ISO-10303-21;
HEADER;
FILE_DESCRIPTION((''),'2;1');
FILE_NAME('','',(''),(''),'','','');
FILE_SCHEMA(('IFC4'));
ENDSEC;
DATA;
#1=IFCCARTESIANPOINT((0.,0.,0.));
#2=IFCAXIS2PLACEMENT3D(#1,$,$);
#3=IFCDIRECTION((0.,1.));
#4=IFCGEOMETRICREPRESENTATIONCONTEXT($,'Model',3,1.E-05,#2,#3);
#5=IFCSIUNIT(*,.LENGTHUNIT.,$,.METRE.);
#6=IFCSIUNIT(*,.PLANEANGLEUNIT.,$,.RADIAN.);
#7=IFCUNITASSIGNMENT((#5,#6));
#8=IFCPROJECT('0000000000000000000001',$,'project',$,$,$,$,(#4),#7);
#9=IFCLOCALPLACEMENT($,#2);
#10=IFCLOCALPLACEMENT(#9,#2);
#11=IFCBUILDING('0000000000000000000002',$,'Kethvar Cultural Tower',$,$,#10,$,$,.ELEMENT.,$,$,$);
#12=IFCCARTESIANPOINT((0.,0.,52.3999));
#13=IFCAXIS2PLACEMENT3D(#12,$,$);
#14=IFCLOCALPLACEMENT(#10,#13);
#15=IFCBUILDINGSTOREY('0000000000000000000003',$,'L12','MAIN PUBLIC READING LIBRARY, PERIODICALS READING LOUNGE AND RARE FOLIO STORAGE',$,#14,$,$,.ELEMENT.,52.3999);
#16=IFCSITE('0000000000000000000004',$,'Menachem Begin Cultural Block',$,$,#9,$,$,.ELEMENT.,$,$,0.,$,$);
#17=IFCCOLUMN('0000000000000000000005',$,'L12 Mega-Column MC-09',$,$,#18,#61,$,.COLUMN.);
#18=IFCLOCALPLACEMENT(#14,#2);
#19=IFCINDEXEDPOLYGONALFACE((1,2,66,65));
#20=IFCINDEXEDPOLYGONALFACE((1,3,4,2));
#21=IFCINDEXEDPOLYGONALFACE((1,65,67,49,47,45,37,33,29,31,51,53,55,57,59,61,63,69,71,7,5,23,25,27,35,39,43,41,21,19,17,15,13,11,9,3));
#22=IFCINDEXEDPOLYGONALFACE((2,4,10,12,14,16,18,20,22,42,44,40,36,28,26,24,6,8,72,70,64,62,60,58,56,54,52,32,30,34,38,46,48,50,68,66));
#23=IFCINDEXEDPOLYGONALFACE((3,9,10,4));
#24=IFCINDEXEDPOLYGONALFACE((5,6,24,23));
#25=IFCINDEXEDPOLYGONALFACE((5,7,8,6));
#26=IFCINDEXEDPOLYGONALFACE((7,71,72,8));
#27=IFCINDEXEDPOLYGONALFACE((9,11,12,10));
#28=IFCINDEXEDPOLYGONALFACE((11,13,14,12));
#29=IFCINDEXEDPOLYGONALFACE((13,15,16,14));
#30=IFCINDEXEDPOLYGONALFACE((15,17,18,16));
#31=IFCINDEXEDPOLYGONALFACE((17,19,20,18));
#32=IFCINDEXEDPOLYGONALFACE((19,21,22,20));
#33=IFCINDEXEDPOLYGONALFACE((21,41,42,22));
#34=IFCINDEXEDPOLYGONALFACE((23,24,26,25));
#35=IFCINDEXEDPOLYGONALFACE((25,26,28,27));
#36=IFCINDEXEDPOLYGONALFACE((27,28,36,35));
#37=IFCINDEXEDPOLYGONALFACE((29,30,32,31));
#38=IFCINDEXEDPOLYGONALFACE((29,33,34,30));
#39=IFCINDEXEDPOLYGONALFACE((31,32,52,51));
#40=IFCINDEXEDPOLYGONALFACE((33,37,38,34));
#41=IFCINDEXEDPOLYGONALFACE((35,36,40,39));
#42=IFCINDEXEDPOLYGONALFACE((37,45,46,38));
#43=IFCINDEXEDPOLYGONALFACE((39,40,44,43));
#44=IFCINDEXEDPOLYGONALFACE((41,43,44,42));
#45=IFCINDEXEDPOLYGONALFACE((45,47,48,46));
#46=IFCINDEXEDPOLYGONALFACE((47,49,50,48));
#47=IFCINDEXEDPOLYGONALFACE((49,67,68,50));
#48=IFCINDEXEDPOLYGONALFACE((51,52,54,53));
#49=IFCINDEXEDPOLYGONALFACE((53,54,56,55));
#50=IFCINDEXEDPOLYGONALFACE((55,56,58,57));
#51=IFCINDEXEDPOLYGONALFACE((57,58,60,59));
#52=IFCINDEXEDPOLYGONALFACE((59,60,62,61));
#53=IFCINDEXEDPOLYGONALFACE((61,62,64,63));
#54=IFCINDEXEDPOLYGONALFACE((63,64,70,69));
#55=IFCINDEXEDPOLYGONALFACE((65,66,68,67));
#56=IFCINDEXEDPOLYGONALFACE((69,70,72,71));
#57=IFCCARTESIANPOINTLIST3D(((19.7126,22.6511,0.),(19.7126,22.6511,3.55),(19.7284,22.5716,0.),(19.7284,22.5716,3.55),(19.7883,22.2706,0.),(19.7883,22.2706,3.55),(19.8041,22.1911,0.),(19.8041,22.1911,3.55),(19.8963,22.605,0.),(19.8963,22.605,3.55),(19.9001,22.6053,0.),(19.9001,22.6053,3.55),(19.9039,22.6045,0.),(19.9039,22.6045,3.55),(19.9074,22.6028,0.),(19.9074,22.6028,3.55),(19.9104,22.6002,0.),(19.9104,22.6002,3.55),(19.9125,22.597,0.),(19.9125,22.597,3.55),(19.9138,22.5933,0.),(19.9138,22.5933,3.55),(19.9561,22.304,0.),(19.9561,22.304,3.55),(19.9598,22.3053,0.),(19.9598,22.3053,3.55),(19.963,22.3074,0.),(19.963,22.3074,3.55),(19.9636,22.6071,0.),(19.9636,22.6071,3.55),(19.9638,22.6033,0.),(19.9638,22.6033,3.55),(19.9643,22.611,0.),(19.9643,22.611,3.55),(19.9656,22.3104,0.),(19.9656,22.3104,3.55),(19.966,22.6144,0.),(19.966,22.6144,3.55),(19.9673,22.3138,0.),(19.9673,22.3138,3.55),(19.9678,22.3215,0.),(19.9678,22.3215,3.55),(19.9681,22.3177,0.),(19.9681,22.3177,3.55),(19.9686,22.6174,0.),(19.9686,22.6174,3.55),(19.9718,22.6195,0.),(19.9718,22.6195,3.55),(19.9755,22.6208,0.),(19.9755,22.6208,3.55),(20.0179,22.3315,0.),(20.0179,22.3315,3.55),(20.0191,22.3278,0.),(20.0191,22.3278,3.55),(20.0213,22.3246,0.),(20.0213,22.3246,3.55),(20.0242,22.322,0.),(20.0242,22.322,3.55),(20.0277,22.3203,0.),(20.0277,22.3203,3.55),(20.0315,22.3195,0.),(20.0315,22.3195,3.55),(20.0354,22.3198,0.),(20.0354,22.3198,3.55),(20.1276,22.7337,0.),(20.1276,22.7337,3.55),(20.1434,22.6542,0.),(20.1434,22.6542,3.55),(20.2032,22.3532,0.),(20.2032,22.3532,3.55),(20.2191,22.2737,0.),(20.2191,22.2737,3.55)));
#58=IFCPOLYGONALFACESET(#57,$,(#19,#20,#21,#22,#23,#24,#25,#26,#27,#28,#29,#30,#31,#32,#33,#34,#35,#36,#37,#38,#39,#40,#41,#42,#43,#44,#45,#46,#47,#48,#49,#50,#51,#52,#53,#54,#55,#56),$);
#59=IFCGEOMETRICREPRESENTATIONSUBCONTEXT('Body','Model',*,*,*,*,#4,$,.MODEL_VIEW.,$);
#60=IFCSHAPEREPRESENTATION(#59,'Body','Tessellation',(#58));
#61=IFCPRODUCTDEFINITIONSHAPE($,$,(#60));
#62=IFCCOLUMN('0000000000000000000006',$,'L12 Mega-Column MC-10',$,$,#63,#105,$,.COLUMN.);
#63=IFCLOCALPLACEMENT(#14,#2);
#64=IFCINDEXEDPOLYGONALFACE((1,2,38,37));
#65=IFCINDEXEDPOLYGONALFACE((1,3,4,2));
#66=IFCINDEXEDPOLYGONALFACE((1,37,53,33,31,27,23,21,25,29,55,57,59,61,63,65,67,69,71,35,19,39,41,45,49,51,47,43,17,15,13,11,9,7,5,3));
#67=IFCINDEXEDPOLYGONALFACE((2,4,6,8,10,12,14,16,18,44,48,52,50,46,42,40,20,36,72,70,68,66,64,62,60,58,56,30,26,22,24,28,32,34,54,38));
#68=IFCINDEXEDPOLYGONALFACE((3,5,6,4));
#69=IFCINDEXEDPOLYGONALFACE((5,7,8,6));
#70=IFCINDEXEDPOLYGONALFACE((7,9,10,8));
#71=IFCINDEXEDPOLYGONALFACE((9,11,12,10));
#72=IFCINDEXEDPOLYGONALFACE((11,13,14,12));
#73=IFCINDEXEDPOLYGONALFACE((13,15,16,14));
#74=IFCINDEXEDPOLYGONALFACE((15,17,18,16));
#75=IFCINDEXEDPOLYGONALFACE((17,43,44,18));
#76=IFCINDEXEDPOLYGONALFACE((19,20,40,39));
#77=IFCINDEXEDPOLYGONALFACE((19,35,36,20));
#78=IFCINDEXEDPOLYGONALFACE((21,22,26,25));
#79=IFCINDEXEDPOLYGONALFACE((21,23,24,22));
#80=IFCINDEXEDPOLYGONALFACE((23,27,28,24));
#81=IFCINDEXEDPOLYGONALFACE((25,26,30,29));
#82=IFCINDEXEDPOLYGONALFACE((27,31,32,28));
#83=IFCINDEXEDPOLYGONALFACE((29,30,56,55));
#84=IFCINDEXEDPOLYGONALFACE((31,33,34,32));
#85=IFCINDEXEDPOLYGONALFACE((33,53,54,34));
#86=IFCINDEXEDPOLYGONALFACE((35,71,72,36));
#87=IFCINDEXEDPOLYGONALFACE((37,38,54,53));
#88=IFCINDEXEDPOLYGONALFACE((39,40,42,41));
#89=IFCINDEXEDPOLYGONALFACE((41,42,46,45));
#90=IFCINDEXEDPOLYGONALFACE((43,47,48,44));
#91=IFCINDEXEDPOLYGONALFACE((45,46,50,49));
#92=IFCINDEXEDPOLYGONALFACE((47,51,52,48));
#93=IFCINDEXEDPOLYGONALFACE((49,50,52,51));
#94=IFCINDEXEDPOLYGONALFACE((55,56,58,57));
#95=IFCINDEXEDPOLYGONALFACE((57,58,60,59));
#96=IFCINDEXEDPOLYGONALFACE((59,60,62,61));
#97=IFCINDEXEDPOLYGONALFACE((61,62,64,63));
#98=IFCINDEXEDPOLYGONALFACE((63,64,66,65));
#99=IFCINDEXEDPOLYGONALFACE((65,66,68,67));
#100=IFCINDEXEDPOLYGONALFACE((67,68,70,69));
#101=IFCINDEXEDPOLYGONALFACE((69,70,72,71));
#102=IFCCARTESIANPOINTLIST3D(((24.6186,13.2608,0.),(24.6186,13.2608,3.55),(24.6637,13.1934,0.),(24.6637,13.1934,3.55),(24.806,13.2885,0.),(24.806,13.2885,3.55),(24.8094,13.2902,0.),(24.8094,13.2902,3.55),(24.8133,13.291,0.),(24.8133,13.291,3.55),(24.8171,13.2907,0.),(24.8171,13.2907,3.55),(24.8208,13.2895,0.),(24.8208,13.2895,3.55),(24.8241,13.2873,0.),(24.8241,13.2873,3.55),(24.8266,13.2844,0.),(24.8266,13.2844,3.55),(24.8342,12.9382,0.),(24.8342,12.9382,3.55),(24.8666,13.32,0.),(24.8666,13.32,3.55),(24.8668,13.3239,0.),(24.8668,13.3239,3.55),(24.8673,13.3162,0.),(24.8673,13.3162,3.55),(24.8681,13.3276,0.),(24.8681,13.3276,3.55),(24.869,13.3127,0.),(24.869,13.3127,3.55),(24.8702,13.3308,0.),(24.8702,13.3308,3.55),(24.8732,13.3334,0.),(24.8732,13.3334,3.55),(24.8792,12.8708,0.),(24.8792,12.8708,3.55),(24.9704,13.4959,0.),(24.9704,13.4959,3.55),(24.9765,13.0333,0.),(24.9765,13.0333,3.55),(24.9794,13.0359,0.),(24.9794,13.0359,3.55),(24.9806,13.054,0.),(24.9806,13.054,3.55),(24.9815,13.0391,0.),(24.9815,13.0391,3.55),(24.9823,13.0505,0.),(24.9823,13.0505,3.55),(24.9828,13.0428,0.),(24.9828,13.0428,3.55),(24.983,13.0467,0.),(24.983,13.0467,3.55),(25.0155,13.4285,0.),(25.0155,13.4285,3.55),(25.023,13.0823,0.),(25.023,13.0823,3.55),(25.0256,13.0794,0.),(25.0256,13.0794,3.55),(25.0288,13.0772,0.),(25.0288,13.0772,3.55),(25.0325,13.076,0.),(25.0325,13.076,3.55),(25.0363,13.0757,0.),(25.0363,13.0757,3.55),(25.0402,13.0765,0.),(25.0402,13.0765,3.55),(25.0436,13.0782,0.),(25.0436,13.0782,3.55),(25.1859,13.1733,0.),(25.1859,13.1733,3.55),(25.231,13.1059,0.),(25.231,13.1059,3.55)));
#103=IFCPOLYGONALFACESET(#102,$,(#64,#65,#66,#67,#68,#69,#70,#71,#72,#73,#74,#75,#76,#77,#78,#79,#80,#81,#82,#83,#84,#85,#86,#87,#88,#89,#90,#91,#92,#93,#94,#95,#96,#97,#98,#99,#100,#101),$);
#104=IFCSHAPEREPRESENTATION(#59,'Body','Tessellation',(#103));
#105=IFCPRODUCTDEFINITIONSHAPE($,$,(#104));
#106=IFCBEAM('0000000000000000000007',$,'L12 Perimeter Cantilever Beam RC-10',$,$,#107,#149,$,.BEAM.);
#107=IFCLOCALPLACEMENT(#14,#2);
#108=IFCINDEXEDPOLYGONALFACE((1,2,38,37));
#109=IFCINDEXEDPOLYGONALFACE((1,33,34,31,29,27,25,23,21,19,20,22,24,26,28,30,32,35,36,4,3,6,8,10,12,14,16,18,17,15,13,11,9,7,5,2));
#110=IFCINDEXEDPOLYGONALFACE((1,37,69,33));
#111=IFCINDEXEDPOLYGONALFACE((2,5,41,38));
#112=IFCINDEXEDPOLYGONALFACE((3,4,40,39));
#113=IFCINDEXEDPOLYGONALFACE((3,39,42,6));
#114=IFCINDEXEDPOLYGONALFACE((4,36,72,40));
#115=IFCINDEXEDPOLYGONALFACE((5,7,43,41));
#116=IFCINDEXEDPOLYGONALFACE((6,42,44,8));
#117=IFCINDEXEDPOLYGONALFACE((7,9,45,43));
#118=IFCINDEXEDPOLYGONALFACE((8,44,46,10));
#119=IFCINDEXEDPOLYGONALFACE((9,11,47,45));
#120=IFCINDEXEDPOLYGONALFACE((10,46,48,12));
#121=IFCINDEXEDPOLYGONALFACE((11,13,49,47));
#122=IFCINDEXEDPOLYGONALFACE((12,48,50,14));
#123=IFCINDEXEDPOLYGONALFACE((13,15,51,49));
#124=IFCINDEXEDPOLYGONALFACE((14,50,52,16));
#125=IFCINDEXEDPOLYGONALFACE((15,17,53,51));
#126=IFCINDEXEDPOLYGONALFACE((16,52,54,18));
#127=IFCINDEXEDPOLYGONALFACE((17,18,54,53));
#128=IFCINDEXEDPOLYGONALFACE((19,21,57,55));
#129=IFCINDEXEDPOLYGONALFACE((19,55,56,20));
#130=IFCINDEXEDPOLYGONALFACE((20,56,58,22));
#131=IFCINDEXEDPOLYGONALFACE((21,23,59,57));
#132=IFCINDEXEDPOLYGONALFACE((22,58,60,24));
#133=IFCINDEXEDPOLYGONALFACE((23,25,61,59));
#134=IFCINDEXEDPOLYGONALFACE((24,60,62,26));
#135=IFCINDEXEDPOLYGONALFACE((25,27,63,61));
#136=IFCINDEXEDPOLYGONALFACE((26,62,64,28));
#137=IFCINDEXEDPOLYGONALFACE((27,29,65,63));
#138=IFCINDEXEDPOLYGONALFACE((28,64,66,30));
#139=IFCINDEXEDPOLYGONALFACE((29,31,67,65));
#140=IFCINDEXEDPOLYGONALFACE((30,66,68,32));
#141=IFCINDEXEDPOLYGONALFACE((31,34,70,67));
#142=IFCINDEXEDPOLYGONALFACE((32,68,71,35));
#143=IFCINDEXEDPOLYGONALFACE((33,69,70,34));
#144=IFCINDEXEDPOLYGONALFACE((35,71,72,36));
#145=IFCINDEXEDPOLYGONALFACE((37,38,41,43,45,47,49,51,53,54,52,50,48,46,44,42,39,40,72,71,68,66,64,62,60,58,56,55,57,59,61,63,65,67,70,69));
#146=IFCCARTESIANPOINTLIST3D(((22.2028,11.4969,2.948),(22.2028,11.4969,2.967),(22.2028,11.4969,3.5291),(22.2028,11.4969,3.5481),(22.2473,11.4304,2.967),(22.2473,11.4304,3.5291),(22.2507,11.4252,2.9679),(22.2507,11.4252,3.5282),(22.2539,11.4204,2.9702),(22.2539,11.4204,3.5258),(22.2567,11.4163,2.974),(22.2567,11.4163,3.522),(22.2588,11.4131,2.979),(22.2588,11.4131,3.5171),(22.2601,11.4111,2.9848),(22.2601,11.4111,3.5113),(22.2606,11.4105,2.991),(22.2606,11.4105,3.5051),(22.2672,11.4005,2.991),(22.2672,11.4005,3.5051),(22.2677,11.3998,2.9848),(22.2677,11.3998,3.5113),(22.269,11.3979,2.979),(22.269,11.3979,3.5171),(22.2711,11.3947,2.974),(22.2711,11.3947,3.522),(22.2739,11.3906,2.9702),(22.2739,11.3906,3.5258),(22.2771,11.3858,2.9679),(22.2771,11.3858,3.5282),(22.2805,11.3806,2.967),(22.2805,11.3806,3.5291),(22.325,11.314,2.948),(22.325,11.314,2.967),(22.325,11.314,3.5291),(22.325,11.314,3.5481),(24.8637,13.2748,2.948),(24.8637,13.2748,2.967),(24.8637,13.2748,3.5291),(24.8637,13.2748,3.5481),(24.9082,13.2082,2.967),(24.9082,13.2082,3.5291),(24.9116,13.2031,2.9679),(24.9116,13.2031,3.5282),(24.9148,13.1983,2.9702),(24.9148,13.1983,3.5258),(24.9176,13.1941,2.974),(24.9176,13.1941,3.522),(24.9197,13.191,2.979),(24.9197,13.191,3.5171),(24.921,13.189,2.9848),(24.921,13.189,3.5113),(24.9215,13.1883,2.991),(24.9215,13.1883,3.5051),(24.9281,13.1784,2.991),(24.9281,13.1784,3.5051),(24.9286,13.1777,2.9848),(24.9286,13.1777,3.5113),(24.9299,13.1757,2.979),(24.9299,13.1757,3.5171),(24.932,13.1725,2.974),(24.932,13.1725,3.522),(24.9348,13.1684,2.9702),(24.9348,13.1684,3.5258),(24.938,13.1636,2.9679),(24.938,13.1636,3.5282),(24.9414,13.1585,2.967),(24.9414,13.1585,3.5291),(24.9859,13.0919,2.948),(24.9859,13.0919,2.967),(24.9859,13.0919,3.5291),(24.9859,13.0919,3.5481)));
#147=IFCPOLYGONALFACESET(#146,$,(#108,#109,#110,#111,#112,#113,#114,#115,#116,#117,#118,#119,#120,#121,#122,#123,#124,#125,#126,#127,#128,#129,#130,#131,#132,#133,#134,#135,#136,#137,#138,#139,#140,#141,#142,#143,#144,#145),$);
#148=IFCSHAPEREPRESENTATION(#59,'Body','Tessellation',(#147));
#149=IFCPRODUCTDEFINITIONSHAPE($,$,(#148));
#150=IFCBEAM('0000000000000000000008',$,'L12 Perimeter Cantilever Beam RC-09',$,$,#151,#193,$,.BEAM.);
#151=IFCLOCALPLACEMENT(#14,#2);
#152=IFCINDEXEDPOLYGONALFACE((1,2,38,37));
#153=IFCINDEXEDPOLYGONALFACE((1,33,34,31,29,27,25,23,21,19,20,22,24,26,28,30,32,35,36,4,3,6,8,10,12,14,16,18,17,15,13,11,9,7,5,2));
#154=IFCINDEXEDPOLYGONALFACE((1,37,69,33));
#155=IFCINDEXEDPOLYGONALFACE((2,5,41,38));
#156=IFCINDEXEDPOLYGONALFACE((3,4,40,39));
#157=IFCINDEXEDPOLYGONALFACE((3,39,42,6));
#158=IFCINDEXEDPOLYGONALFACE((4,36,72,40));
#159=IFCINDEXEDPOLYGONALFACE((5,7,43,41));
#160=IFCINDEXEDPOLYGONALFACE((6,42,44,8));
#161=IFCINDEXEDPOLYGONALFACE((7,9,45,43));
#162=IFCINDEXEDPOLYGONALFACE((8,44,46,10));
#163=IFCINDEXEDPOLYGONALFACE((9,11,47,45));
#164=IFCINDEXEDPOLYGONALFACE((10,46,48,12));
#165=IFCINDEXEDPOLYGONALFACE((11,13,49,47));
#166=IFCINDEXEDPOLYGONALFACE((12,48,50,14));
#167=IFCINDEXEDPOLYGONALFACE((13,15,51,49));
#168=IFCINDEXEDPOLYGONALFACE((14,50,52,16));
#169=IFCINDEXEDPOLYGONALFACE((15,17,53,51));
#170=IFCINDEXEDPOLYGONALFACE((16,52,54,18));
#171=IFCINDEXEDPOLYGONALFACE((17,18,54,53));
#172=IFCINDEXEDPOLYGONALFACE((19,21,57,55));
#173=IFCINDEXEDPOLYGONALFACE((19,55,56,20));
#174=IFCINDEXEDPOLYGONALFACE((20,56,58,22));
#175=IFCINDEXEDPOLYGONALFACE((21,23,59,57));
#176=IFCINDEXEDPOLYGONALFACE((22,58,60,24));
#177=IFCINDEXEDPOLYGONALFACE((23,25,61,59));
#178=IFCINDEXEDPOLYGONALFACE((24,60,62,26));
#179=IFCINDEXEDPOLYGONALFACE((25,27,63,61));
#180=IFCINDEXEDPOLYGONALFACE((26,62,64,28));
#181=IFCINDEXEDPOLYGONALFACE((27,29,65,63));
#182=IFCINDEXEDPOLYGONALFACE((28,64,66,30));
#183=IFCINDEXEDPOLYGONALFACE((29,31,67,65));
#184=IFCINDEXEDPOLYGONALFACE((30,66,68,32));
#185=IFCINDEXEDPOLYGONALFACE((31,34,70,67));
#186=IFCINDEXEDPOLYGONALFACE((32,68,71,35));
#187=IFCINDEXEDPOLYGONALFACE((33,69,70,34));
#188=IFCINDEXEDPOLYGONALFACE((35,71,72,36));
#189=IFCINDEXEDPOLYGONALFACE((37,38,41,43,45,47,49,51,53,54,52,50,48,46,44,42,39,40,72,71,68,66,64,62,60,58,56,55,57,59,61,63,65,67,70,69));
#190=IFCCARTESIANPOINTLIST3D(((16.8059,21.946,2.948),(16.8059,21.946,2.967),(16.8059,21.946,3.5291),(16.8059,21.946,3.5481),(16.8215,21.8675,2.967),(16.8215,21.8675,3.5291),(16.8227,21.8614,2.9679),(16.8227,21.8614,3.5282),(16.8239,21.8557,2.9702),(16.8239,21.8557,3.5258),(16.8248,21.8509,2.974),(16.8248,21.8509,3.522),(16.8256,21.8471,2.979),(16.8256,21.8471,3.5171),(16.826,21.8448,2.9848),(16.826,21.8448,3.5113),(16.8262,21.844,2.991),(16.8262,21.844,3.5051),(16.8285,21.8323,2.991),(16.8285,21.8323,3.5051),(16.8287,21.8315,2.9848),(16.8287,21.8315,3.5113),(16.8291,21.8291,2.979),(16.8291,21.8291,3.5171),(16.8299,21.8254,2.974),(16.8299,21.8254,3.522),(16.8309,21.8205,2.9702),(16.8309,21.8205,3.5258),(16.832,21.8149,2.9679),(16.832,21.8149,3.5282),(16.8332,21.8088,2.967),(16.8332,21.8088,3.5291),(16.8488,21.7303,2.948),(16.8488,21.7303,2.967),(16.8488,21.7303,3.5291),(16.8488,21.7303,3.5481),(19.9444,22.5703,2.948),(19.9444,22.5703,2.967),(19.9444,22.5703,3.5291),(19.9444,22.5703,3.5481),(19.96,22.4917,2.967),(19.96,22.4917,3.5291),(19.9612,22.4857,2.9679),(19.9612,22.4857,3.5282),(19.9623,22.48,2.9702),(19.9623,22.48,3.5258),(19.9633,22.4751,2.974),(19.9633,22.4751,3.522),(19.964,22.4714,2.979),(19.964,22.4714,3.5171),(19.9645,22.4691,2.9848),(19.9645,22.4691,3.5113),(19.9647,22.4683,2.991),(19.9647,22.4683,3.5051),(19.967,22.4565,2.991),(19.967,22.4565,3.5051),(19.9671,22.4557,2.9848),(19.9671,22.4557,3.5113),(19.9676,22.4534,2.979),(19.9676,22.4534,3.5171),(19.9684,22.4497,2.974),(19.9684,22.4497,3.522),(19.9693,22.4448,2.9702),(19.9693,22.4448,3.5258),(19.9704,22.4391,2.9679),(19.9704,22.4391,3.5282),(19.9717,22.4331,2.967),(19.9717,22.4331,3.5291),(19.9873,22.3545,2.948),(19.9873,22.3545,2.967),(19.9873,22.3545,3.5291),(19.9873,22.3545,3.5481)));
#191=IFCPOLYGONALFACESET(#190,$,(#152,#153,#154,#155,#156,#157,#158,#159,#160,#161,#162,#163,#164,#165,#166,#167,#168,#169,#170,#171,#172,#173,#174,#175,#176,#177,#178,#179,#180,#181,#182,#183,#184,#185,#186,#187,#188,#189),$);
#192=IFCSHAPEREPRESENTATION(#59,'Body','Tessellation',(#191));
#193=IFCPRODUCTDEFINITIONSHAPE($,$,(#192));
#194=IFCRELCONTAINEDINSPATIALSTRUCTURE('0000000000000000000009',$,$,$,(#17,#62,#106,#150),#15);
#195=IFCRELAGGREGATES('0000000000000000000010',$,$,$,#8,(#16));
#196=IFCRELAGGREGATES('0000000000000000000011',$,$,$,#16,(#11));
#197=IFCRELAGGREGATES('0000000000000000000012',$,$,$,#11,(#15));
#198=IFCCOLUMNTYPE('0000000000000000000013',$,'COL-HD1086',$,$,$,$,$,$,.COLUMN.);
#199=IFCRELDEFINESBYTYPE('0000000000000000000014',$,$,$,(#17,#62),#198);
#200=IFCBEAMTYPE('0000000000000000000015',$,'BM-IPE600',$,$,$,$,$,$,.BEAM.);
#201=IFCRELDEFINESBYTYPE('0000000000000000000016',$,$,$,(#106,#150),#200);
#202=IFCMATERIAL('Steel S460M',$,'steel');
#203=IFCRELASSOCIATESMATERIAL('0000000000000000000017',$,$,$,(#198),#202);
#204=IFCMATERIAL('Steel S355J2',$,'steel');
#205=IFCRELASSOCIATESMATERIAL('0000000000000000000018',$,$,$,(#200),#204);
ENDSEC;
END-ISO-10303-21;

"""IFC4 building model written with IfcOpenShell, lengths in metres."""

from ifc_helpers import new_model, si_unit, direction, frame, origin, origin_2d, place, context, subcontext, project, spatial, i_section, extrude, source, transform, mapped, material, material_profile, profile_set, type_object, element, save


model = new_model("IFC4")

# Units and contexts
model_context = context("Model", 3, precision=1e-05, world=origin(), true_north=direction((0.0, 1.0)))
body_context = subcontext(model_context, "Body", "Model", "MODEL_VIEW")
ifc_project = project(units=[si_unit("LENGTHUNIT", "METRE"), si_unit("PLANEANGLEUNIT", "RADIAN")], contexts=[model_context])

# Site, building, storey
site_placement = place(None, origin())
site = spatial("IfcSite", under=ifc_project, at=site_placement, Name="Menachem Begin Cultural Block", CompositionType="ELEMENT", RefElevation=0.0)
building_placement = place(site_placement, origin())
building = spatial("IfcBuilding", under=site, at=building_placement, Name="Kethvar Cultural Tower", CompositionType="ELEMENT")
storey_placement = place(building_placement, frame((0.0, 0.0, 52.3999)))
storey = spatial("IfcBuildingStorey", under=building, at=storey_placement, Name="L12", Description="MAIN PUBLIC READING LIBRARY, PERIODICALS READING LOUNGE AND RARE FOLIO STORAGE", CompositionType="ELEMENT", Elevation=52.3999)

# Columns
ifc_material_1 = material(Name="Steel S460M", Category="steel")
ifc_material_profile_1 = material_profile(ifc_material_1, i_section(OverallWidth=0.4231, OverallDepth=0.469, WebThickness=0.051, FlangeThickness=0.0811, FilletRadius=0.0149, at=origin_2d()), Name="Steel S460M — HD400x1086")
ifc_profile_set_1 = profile_set([ifc_material_profile_1], Name="Steel S460M — HD400x1086")
column_type = type_object("IfcColumnType", Name="COL-HD1086", PredefinedType="COLUMN", material=ifc_profile_set_1)
shared_shape_1 = source(origin(), body_context, "Body", "SweptSolid", [
    extrude(i_section(OverallWidth=0.4231, OverallDepth=0.469, WebThickness=0.051, FlangeThickness=0.0811, FilletRadius=0.0149, at=origin_2d()), origin(), (0.0, 0.0, 1.0), 3.55),
])
for number, where, z_axis, x_axis, name in (
    (1, (19.9658, 22.4624, 0.0), (0.0, 0.0, 1.0), (-0.980785, -0.19509, 0.0), "L12 Mega-Column MC-09"),
    (2, (24.9248, 13.1833, 0.0), (0.0, 0.0, 1.0), (-0.83147, -0.55557, 0.0), "L12 Mega-Column MC-10"),
):
    element("IfcColumn", number, at=place(storey_placement, frame(where, z_axis=z_axis, x_axis=x_axis)), inside=storey, type_object=column_type, Name=name, PredefinedType="COLUMN", context=body_context, shape_type="MappedRepresentation", body=[
        mapped(shared_shape_1, transform((0.0, 0.0, 0.0), scale=1.0)),
    ])

# Beams
ifc_material_2 = material(Name="Steel S355J2", Category="steel")
ifc_material_profile_2 = material_profile(ifc_material_2, i_section(OverallWidth=0.22, OverallDepth=0.6001, WebThickness=0.012, FlangeThickness=0.019, FilletRadius=0.0239, at=origin_2d()), Name="Steel S355J2 — IPE600")
ifc_profile_set_2 = profile_set([ifc_material_profile_2], Name="Steel S355J2 — IPE600")
beam_type_1 = type_object("IfcBeamType", Name="BM-IPE600", PredefinedType="BEAM", material=ifc_profile_set_2)
shared_shape_2 = source(origin(), body_context, "Body", "SweptSolid", [
    extrude(i_section(OverallWidth=0.22, OverallDepth=0.6001, WebThickness=0.012, FlangeThickness=0.019, FilletRadius=0.0239, at=origin_2d()), origin(), (0.0, 0.0, 1.0), 3.2002),
])
beam_1_placement = place(storey_placement, frame((24.9248, 13.1833, 3.248), z_axis=(-0.831486, -0.555545, 0.0), x_axis=(0.555545, -0.831486, 0.0)))
element("IfcBeam", 3, at=beam_1_placement, inside=storey, type_object=beam_type_1, Name="L12 Perimeter Cantilever Beam RC-10", PredefinedType="BEAM", context=body_context, shape_type="MappedRepresentation", body=[
    mapped(shared_shape_2, transform((0.0, 0.0, 0.0), scale=1.0)),
])
shared_shape_3 = source(origin(), body_context, "Body", "SweptSolid", [
    extrude(i_section(OverallWidth=0.22, OverallDepth=0.6001, WebThickness=0.012, FlangeThickness=0.019, FilletRadius=0.0239, at=origin_2d()), origin(), (0.0, 0.0, 1.0), 3.2),
])
beam_2_placement = place(storey_placement, frame((19.9658, 22.4624, 3.248), z_axis=(-0.980786, -0.195089, 0.0), x_axis=(0.195089, -0.980786, 0.0)))
element("IfcBeam", 4, at=beam_2_placement, inside=storey, type_object=beam_type_1, Name="L12 Perimeter Cantilever Beam RC-09", PredefinedType="BEAM", context=body_context, shape_type="MappedRepresentation", body=[
    mapped(shared_shape_3, transform((0.0, 0.0, 0.0), scale=1.0)),
])

save(model, "model.ifc")
